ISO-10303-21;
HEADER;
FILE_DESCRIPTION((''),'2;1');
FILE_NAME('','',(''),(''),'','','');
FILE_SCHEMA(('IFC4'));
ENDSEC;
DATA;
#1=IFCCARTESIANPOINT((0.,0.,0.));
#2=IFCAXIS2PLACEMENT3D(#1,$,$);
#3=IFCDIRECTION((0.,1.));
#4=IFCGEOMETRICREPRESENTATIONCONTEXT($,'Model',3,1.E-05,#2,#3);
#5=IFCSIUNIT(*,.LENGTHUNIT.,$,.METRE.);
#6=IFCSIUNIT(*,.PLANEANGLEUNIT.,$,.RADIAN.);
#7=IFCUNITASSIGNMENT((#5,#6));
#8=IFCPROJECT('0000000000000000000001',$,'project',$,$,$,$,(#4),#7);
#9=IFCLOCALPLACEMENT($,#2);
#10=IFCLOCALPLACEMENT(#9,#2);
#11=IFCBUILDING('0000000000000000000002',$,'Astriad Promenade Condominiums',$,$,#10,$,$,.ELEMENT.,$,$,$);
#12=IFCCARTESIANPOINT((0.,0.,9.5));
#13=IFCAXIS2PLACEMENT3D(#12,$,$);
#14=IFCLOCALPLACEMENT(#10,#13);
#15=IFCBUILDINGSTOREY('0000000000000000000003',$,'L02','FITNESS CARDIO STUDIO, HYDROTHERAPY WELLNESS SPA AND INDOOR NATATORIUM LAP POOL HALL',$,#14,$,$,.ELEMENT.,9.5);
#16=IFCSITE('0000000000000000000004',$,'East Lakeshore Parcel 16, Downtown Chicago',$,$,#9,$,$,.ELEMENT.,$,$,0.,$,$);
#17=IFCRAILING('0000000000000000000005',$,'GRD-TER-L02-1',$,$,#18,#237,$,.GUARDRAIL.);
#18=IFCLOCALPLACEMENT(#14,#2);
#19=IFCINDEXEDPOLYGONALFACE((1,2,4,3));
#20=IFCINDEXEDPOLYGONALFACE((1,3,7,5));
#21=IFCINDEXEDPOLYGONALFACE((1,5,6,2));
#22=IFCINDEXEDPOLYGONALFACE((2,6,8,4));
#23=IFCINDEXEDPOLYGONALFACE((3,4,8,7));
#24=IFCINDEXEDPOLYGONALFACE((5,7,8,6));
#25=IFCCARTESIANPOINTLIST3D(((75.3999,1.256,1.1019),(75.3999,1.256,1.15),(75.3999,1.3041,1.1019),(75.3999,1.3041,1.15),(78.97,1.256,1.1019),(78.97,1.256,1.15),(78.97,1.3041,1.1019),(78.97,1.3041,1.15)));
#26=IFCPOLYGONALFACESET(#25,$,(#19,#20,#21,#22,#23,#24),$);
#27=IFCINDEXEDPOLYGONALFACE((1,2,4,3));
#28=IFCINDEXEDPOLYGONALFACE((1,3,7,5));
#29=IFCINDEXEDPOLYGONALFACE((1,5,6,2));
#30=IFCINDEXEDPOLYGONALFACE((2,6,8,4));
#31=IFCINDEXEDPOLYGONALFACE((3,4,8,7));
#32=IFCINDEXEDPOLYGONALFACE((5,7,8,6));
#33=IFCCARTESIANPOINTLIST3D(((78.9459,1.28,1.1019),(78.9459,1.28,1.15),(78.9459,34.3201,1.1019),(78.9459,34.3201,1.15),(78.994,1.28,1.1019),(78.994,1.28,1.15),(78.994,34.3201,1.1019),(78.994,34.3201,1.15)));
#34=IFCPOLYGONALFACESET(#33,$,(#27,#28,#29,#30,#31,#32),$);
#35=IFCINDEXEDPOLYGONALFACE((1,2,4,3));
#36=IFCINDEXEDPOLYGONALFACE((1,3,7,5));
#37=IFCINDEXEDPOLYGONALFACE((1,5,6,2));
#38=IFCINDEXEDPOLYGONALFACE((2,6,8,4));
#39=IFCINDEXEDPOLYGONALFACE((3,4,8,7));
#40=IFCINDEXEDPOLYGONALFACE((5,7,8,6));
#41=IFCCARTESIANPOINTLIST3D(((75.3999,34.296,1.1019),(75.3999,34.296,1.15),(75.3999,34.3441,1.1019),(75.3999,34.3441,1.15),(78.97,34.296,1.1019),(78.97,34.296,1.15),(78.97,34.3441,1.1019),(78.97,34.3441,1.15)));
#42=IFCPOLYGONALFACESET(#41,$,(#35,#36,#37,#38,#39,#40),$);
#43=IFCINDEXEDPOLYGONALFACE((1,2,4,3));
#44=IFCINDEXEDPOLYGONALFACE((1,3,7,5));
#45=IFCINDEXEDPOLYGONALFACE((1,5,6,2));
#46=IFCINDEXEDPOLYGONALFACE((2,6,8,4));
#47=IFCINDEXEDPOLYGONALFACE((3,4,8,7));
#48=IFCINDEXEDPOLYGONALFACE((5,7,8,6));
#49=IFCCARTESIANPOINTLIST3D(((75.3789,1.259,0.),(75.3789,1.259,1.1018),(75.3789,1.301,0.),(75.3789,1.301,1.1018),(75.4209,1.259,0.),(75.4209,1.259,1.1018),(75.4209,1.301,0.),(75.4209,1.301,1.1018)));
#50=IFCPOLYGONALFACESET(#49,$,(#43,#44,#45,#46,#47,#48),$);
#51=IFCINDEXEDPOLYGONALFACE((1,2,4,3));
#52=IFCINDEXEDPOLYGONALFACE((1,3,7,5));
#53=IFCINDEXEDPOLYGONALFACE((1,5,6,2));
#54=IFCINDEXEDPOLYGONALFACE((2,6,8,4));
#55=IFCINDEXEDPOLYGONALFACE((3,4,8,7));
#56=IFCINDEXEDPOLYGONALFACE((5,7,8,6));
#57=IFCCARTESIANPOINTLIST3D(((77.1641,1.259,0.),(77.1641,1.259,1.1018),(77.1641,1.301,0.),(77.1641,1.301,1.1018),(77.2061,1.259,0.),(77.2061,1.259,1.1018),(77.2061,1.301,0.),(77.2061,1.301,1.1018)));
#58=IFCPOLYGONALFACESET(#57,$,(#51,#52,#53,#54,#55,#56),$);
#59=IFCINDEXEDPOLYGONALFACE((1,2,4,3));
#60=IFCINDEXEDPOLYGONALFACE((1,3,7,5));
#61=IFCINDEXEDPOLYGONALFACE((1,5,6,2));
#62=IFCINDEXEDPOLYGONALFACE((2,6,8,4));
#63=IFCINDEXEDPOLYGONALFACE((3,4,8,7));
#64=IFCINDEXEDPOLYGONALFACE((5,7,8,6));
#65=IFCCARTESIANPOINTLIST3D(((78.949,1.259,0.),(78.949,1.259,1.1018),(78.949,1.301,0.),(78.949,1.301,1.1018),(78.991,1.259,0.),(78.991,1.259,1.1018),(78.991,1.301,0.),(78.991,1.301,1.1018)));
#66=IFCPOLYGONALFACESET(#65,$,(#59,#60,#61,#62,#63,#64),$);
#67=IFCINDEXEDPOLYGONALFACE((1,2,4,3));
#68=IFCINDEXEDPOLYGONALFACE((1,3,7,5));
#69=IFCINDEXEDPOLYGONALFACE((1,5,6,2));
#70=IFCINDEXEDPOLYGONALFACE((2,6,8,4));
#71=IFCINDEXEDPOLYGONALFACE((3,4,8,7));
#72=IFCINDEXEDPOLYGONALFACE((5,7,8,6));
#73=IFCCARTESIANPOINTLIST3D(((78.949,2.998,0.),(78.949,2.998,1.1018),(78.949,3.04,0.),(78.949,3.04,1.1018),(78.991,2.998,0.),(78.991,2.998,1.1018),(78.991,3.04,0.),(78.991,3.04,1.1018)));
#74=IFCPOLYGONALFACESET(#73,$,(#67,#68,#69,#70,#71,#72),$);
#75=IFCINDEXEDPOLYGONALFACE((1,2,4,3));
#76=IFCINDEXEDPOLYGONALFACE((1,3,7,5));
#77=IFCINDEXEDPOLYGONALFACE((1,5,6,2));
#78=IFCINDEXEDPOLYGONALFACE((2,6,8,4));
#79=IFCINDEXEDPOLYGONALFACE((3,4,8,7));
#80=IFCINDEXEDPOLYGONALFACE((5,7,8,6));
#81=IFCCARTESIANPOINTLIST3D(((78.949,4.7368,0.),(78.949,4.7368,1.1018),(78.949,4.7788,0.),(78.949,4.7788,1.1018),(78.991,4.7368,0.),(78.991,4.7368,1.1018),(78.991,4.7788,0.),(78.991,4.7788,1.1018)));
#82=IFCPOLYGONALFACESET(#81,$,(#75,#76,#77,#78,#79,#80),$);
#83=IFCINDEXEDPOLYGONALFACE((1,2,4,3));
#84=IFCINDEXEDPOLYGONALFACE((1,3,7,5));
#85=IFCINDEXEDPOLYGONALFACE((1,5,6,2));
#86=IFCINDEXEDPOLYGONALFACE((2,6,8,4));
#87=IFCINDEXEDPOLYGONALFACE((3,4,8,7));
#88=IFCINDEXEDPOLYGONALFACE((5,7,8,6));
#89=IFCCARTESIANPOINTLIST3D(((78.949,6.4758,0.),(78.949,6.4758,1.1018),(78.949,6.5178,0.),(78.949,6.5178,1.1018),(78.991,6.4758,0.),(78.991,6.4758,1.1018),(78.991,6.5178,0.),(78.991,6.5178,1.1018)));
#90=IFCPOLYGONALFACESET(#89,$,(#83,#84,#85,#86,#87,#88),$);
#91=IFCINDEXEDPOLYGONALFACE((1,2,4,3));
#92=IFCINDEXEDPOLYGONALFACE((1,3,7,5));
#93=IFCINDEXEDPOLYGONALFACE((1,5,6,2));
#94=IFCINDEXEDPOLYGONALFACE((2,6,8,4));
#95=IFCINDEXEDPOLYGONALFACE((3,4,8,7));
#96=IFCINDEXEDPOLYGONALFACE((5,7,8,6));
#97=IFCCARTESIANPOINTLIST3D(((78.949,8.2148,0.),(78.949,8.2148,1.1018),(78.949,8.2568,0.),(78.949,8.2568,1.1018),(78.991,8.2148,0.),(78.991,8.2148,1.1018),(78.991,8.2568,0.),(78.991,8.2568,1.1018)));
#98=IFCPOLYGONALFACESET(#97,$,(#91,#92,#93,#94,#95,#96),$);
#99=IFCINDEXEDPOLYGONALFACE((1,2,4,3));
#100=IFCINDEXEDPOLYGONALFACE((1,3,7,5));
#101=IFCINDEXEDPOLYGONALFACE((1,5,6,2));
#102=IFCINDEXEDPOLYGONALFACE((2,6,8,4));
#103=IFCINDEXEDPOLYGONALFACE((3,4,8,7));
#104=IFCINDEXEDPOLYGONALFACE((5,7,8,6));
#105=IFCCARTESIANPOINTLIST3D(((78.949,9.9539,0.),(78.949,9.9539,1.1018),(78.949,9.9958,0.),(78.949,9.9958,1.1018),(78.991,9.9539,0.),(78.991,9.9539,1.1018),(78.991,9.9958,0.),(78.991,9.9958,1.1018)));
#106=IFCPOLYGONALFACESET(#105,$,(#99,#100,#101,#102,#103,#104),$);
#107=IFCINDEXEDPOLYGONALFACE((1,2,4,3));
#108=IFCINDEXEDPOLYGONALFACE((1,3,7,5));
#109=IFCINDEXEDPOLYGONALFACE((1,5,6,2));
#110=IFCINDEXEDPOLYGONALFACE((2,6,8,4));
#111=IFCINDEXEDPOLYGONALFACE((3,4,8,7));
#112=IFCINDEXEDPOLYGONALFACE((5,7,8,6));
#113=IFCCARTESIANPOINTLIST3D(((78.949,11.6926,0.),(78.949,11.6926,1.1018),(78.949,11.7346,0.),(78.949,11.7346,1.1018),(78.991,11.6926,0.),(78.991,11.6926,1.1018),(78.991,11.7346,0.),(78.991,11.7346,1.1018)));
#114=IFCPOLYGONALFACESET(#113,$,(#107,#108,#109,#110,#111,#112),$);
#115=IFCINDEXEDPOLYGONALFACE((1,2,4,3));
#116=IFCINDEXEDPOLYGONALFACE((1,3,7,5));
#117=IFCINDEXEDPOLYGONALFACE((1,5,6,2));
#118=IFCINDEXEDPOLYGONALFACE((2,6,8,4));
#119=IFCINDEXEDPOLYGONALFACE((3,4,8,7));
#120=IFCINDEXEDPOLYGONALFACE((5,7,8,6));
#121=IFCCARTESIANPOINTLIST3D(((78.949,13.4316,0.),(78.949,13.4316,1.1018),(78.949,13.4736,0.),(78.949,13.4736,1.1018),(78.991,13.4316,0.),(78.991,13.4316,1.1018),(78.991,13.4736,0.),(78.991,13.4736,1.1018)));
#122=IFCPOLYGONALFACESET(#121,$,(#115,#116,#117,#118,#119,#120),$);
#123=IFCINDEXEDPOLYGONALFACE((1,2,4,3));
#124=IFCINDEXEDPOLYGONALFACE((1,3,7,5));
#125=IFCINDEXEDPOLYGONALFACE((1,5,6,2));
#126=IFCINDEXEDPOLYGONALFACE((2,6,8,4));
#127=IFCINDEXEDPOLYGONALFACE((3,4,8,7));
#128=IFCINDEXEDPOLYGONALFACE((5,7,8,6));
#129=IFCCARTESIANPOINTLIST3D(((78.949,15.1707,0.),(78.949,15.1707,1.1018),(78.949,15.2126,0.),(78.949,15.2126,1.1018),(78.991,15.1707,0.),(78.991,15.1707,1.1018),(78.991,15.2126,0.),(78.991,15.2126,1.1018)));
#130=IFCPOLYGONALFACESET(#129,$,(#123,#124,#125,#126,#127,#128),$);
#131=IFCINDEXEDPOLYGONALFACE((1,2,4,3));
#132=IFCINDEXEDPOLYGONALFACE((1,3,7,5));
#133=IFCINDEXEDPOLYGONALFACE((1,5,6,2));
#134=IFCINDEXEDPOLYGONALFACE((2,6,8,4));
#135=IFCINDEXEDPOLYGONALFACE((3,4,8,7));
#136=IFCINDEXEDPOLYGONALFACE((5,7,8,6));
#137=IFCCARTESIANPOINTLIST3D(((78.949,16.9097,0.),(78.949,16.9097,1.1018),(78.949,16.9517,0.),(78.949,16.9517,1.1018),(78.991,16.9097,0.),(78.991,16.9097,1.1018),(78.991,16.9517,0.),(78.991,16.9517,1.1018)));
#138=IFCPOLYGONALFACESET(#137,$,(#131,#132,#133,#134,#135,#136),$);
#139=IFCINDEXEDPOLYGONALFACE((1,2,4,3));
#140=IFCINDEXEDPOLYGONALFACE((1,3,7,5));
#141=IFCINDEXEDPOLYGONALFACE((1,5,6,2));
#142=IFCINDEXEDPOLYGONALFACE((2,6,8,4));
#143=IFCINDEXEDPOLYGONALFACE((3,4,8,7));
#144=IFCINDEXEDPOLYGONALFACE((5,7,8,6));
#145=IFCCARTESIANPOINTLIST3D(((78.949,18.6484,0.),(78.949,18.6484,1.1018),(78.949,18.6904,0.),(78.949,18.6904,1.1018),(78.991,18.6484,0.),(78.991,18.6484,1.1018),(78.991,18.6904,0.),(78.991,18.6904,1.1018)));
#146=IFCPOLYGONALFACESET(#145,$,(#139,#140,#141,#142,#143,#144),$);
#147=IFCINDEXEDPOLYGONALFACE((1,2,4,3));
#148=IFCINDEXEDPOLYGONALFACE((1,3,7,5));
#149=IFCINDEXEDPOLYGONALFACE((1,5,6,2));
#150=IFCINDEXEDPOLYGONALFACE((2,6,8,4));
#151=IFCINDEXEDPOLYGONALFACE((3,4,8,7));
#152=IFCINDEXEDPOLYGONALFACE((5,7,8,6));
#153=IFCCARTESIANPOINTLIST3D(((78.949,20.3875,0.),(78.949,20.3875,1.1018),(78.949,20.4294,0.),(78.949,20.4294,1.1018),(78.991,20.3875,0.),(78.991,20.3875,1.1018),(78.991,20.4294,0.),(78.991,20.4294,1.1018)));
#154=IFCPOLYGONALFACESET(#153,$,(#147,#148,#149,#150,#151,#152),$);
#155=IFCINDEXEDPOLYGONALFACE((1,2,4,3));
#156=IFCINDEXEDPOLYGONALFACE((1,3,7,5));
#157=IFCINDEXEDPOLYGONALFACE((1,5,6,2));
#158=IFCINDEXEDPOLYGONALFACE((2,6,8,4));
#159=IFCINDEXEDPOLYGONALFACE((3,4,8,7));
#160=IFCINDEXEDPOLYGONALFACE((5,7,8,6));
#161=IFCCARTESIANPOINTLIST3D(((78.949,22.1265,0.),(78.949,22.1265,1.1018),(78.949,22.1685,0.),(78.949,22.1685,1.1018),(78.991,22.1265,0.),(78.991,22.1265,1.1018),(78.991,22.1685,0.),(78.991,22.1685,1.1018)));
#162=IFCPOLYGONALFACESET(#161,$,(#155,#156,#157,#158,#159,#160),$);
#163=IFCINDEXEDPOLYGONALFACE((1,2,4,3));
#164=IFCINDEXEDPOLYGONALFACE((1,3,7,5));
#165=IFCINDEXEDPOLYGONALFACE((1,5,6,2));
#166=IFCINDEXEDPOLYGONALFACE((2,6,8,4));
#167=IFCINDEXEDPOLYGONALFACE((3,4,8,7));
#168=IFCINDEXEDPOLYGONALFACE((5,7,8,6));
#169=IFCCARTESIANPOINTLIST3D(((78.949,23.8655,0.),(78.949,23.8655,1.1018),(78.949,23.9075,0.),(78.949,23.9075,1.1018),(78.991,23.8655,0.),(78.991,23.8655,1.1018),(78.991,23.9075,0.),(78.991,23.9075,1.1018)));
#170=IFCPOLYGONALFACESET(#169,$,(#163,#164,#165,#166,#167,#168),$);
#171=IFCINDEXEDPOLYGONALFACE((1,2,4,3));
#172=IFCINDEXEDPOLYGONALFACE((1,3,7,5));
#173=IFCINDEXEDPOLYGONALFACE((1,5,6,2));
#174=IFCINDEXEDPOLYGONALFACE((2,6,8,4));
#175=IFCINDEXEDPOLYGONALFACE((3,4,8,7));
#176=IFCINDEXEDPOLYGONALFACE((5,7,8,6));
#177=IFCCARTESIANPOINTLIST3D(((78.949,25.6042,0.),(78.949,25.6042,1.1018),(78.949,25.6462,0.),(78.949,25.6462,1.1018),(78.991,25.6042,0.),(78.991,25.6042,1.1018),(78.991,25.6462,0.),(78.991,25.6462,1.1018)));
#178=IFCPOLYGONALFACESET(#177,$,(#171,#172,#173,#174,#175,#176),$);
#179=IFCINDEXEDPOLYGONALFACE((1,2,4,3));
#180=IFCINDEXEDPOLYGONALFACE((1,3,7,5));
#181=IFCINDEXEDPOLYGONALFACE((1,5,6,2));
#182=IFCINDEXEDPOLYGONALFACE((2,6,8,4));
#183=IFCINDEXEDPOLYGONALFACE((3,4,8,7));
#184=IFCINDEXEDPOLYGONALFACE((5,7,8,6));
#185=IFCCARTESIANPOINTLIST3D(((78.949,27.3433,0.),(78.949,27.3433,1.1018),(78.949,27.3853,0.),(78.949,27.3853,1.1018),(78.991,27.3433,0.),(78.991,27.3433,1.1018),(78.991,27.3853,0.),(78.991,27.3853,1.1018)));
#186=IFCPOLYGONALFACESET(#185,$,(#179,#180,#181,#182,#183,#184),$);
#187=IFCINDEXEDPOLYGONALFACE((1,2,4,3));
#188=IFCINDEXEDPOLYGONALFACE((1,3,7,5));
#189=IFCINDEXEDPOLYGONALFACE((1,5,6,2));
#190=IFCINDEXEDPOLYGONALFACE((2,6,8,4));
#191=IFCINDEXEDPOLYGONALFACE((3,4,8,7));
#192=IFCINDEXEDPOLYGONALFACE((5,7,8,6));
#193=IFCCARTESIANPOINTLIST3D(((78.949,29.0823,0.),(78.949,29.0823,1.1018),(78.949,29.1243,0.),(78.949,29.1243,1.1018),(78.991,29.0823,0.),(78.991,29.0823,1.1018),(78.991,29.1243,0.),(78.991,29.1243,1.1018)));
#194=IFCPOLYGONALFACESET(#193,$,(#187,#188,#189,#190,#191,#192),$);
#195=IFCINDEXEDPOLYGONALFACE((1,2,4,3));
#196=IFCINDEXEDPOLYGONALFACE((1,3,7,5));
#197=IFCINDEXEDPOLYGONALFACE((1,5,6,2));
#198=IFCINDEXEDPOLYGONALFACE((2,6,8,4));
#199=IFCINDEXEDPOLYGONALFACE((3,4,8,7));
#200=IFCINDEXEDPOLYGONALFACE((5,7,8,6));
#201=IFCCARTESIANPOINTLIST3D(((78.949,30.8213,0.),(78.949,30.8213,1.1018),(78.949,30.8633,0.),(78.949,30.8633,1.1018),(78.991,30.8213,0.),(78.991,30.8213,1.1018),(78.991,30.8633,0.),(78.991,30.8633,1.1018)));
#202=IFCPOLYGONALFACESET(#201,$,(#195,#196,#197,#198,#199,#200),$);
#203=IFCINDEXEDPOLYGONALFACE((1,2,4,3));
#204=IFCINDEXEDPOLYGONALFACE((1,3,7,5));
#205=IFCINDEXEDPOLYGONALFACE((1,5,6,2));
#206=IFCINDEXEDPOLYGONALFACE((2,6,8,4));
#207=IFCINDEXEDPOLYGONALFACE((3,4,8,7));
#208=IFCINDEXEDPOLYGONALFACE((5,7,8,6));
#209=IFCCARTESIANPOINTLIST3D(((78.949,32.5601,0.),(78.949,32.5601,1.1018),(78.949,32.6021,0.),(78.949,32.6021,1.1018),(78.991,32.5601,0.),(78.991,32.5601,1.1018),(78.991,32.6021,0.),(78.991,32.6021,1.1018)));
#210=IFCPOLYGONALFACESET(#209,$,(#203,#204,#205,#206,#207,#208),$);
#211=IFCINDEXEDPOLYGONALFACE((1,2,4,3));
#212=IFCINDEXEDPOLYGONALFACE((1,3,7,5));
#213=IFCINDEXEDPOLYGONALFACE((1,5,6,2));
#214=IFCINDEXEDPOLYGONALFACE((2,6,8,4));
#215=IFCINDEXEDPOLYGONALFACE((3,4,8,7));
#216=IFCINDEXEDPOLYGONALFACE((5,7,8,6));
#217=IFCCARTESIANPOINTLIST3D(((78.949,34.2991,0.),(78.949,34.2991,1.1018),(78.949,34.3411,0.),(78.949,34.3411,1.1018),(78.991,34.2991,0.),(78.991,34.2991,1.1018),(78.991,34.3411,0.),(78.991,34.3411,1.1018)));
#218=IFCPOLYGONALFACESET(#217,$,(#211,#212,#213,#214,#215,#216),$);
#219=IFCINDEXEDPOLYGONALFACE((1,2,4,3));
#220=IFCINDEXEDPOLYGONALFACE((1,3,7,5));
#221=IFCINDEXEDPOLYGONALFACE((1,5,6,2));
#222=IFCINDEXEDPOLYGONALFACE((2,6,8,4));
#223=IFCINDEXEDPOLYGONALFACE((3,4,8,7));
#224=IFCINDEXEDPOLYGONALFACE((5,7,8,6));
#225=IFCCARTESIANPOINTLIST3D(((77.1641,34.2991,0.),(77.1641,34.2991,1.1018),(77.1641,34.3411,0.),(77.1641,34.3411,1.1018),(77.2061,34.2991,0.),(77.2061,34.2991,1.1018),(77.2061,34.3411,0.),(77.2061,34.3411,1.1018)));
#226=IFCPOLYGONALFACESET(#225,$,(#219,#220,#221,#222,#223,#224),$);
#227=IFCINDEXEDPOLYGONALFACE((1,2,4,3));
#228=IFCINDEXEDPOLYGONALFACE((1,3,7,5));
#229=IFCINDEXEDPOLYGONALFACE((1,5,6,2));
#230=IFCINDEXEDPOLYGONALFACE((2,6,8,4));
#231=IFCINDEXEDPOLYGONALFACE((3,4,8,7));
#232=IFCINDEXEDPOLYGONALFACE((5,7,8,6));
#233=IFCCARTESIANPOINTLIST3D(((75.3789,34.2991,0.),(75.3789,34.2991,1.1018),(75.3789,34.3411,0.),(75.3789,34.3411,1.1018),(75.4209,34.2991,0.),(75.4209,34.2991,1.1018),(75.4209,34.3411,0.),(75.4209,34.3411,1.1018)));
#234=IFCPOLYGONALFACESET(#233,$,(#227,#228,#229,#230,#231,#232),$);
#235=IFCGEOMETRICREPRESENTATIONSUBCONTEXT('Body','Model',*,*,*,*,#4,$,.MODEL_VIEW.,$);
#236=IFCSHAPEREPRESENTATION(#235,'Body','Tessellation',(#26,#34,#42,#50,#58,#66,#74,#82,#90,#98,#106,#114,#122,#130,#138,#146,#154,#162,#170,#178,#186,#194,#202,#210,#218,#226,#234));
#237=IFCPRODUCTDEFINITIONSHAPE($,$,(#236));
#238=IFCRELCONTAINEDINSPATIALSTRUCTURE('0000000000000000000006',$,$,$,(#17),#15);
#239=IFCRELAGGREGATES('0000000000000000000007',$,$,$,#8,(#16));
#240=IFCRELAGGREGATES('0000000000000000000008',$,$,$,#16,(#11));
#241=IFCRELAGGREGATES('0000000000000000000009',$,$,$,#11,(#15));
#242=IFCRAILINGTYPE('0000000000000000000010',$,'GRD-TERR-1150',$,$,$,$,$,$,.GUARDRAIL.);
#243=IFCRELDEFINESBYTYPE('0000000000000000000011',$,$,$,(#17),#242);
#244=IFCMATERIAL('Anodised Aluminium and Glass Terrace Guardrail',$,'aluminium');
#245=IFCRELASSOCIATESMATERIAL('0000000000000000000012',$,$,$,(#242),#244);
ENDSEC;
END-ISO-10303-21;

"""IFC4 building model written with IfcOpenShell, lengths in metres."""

from ifc_helpers import new_model, si_unit, direction, frame, origin, origin_2d, place, context, subcontext, project, spatial, rectangle, extrude, source, transform, mapped, material, type_object, element, save


model = new_model("IFC4")

# Units and contexts
model_context = context("Model", 3, precision=1e-05, world=origin(), true_north=direction((0.0, 1.0)))
body_context = subcontext(model_context, "Body", "Model", "MODEL_VIEW")
ifc_project = project(units=[si_unit("LENGTHUNIT", "METRE"), si_unit("PLANEANGLEUNIT", "RADIAN")], contexts=[model_context])

# Site, building, storey
site_placement = place(None, origin())
site = spatial("IfcSite", under=ifc_project, at=site_placement, Name="East Lakeshore Parcel 16, Downtown Chicago", CompositionType="ELEMENT", RefElevation=0.0)
building_placement = place(site_placement, origin())
building = spatial("IfcBuilding", under=site, at=building_placement, Name="Astriad Promenade Condominiums", CompositionType="ELEMENT")
storey_placement = place(building_placement, frame((0.0, 0.0, 9.5)))
storey = spatial("IfcBuildingStorey", under=building, at=storey_placement, Name="L02", Description="FITNESS CARDIO STUDIO, HYDROTHERAPY WELLNESS SPA AND INDOOR NATATORIUM LAP POOL HALL", CompositionType="ELEMENT", Elevation=9.5)

# Railing
ifc_material_1 = material(Name="Anodised Aluminium and Glass Terrace Guardrail", Category="aluminium")
railing_type = type_object("IfcRailingType", Name="GRD-TERR-1150", PredefinedType="GUARDRAIL", material=ifc_material_1)
shared_shape_1 = source(origin(), body_context, "Body", "SweptSolid", [
    extrude(rectangle(XDim=0.0481, YDim=0.0481, at=origin_2d()), frame((0.0, 0.0, 1.126), z_axis=(1.0, 0.0, 0.0), x_axis=(0.0, 1.0, 0.0)), (0.0, 0.0, 1.0), 3.5701),
    extrude(rectangle(XDim=0.0481, YDim=0.0481, at=origin_2d()), frame((3.5701, 0.0, 1.126), z_axis=(0.0, 1.0, 0.0), x_axis=(-1.0, 0.0, 0.0)), (0.0, 0.0, 1.0), 33.04),
    extrude(rectangle(XDim=0.0481, YDim=0.0481, at=origin_2d()), frame((3.5701, 33.04, 1.126), z_axis=(-1.0, 0.0, 0.0), x_axis=(0.0, -1.0, 0.0)), (0.0, 0.0, 1.0), 3.5701),
    extrude(rectangle(XDim=0.042, YDim=0.042, at=origin_2d()), origin(), (0.0, 0.0, 1.0), 1.1018),
    extrude(rectangle(XDim=0.042, YDim=0.042, at=origin_2d()), frame((1.7852, 0.0, 0.0)), (0.0, 0.0, 1.0), 1.1018),
    extrude(rectangle(XDim=0.042, YDim=0.042, at=origin_2d()), frame((3.5701, 0.0, 0.0)), (0.0, 0.0, 1.0), 1.1018),
    extrude(rectangle(XDim=0.042, YDim=0.042, at=origin_2d()), frame((3.5701, 1.739, 0.0)), (0.0, 0.0, 1.0), 1.1018),
    extrude(rectangle(XDim=0.042, YDim=0.042, at=origin_2d()), frame((3.5701, 3.4778, 0.0)), (0.0, 0.0, 1.0), 1.1018),
    extrude(rectangle(XDim=0.042, YDim=0.042, at=origin_2d()), frame((3.5701, 5.2168, 0.0)), (0.0, 0.0, 1.0), 1.1018),
    extrude(rectangle(XDim=0.042, YDim=0.042, at=origin_2d()), frame((3.5701, 6.9558, 0.0)), (0.0, 0.0, 1.0), 1.1018),
    extrude(rectangle(XDim=0.042, YDim=0.042, at=origin_2d()), frame((3.5701, 8.6948, 0.0)), (0.0, 0.0, 1.0), 1.1018),
    extrude(rectangle(XDim=0.042, YDim=0.042, at=origin_2d()), frame((3.5701, 10.4336, 0.0)), (0.0, 0.0, 1.0), 1.1018),
    extrude(rectangle(XDim=0.042, YDim=0.042, at=origin_2d()), frame((3.5701, 12.1726, 0.0)), (0.0, 0.0, 1.0), 1.1018),
    extrude(rectangle(XDim=0.042, YDim=0.042, at=origin_2d()), frame((3.5701, 13.9116, 0.0)), (0.0, 0.0, 1.0), 1.1018),
    extrude(rectangle(XDim=0.042, YDim=0.042, at=origin_2d()), frame((3.5701, 15.6506, 0.0)), (0.0, 0.0, 1.0), 1.1018),
    extrude(rectangle(XDim=0.042, YDim=0.042, at=origin_2d()), frame((3.5701, 17.3894, 0.0)), (0.0, 0.0, 1.0), 1.1018),
    extrude(rectangle(XDim=0.042, YDim=0.042, at=origin_2d()), frame((3.5701, 19.1284, 0.0)), (0.0, 0.0, 1.0), 1.1018),
    extrude(rectangle(XDim=0.042, YDim=0.042, at=origin_2d()), frame((3.5701, 20.8674, 0.0)), (0.0, 0.0, 1.0), 1.1018),
    extrude(rectangle(XDim=0.042, YDim=0.042, at=origin_2d()), frame((3.5701, 22.6064, 0.0)), (0.0, 0.0, 1.0), 1.1018),
    extrude(rectangle(XDim=0.042, YDim=0.042, at=origin_2d()), frame((3.5701, 24.3452, 0.0)), (0.0, 0.0, 1.0), 1.1018),
    extrude(rectangle(XDim=0.042, YDim=0.042, at=origin_2d()), frame((3.5701, 26.0842, 0.0)), (0.0, 0.0, 1.0), 1.1018),
    extrude(rectangle(XDim=0.042, YDim=0.042, at=origin_2d()), frame((3.5701, 27.8232, 0.0)), (0.0, 0.0, 1.0), 1.1018),
    extrude(rectangle(XDim=0.042, YDim=0.042, at=origin_2d()), frame((3.5701, 29.5623, 0.0)), (0.0, 0.0, 1.0), 1.1018),
    extrude(rectangle(XDim=0.042, YDim=0.042, at=origin_2d()), frame((3.5701, 31.301, 0.0)), (0.0, 0.0, 1.0), 1.1018),
    extrude(rectangle(XDim=0.042, YDim=0.042, at=origin_2d()), frame((3.5701, 33.04, 0.0)), (0.0, 0.0, 1.0), 1.1018),
    extrude(rectangle(XDim=0.042, YDim=0.042, at=origin_2d()), frame((1.7852, 33.04, 0.0)), (0.0, 0.0, 1.0), 1.1018),
    extrude(rectangle(XDim=0.042, YDim=0.042, at=origin_2d()), frame((0.0, 33.04, 0.0)), (0.0, 0.0, 1.0), 1.1018),
])
railing_1_placement = place(storey_placement, frame((75.3999, 1.28, 0.0)))
element("IfcRailing", 1, at=railing_1_placement, inside=storey, type_object=railing_type, Name="GRD-TER-L02-1", PredefinedType="GUARDRAIL", context=body_context, shape_type="MappedRepresentation", body=[
    mapped(shared_shape_1, transform((0.0, 0.0, 0.0), scale=1.0)),
])

save(model, "model.ifc")
